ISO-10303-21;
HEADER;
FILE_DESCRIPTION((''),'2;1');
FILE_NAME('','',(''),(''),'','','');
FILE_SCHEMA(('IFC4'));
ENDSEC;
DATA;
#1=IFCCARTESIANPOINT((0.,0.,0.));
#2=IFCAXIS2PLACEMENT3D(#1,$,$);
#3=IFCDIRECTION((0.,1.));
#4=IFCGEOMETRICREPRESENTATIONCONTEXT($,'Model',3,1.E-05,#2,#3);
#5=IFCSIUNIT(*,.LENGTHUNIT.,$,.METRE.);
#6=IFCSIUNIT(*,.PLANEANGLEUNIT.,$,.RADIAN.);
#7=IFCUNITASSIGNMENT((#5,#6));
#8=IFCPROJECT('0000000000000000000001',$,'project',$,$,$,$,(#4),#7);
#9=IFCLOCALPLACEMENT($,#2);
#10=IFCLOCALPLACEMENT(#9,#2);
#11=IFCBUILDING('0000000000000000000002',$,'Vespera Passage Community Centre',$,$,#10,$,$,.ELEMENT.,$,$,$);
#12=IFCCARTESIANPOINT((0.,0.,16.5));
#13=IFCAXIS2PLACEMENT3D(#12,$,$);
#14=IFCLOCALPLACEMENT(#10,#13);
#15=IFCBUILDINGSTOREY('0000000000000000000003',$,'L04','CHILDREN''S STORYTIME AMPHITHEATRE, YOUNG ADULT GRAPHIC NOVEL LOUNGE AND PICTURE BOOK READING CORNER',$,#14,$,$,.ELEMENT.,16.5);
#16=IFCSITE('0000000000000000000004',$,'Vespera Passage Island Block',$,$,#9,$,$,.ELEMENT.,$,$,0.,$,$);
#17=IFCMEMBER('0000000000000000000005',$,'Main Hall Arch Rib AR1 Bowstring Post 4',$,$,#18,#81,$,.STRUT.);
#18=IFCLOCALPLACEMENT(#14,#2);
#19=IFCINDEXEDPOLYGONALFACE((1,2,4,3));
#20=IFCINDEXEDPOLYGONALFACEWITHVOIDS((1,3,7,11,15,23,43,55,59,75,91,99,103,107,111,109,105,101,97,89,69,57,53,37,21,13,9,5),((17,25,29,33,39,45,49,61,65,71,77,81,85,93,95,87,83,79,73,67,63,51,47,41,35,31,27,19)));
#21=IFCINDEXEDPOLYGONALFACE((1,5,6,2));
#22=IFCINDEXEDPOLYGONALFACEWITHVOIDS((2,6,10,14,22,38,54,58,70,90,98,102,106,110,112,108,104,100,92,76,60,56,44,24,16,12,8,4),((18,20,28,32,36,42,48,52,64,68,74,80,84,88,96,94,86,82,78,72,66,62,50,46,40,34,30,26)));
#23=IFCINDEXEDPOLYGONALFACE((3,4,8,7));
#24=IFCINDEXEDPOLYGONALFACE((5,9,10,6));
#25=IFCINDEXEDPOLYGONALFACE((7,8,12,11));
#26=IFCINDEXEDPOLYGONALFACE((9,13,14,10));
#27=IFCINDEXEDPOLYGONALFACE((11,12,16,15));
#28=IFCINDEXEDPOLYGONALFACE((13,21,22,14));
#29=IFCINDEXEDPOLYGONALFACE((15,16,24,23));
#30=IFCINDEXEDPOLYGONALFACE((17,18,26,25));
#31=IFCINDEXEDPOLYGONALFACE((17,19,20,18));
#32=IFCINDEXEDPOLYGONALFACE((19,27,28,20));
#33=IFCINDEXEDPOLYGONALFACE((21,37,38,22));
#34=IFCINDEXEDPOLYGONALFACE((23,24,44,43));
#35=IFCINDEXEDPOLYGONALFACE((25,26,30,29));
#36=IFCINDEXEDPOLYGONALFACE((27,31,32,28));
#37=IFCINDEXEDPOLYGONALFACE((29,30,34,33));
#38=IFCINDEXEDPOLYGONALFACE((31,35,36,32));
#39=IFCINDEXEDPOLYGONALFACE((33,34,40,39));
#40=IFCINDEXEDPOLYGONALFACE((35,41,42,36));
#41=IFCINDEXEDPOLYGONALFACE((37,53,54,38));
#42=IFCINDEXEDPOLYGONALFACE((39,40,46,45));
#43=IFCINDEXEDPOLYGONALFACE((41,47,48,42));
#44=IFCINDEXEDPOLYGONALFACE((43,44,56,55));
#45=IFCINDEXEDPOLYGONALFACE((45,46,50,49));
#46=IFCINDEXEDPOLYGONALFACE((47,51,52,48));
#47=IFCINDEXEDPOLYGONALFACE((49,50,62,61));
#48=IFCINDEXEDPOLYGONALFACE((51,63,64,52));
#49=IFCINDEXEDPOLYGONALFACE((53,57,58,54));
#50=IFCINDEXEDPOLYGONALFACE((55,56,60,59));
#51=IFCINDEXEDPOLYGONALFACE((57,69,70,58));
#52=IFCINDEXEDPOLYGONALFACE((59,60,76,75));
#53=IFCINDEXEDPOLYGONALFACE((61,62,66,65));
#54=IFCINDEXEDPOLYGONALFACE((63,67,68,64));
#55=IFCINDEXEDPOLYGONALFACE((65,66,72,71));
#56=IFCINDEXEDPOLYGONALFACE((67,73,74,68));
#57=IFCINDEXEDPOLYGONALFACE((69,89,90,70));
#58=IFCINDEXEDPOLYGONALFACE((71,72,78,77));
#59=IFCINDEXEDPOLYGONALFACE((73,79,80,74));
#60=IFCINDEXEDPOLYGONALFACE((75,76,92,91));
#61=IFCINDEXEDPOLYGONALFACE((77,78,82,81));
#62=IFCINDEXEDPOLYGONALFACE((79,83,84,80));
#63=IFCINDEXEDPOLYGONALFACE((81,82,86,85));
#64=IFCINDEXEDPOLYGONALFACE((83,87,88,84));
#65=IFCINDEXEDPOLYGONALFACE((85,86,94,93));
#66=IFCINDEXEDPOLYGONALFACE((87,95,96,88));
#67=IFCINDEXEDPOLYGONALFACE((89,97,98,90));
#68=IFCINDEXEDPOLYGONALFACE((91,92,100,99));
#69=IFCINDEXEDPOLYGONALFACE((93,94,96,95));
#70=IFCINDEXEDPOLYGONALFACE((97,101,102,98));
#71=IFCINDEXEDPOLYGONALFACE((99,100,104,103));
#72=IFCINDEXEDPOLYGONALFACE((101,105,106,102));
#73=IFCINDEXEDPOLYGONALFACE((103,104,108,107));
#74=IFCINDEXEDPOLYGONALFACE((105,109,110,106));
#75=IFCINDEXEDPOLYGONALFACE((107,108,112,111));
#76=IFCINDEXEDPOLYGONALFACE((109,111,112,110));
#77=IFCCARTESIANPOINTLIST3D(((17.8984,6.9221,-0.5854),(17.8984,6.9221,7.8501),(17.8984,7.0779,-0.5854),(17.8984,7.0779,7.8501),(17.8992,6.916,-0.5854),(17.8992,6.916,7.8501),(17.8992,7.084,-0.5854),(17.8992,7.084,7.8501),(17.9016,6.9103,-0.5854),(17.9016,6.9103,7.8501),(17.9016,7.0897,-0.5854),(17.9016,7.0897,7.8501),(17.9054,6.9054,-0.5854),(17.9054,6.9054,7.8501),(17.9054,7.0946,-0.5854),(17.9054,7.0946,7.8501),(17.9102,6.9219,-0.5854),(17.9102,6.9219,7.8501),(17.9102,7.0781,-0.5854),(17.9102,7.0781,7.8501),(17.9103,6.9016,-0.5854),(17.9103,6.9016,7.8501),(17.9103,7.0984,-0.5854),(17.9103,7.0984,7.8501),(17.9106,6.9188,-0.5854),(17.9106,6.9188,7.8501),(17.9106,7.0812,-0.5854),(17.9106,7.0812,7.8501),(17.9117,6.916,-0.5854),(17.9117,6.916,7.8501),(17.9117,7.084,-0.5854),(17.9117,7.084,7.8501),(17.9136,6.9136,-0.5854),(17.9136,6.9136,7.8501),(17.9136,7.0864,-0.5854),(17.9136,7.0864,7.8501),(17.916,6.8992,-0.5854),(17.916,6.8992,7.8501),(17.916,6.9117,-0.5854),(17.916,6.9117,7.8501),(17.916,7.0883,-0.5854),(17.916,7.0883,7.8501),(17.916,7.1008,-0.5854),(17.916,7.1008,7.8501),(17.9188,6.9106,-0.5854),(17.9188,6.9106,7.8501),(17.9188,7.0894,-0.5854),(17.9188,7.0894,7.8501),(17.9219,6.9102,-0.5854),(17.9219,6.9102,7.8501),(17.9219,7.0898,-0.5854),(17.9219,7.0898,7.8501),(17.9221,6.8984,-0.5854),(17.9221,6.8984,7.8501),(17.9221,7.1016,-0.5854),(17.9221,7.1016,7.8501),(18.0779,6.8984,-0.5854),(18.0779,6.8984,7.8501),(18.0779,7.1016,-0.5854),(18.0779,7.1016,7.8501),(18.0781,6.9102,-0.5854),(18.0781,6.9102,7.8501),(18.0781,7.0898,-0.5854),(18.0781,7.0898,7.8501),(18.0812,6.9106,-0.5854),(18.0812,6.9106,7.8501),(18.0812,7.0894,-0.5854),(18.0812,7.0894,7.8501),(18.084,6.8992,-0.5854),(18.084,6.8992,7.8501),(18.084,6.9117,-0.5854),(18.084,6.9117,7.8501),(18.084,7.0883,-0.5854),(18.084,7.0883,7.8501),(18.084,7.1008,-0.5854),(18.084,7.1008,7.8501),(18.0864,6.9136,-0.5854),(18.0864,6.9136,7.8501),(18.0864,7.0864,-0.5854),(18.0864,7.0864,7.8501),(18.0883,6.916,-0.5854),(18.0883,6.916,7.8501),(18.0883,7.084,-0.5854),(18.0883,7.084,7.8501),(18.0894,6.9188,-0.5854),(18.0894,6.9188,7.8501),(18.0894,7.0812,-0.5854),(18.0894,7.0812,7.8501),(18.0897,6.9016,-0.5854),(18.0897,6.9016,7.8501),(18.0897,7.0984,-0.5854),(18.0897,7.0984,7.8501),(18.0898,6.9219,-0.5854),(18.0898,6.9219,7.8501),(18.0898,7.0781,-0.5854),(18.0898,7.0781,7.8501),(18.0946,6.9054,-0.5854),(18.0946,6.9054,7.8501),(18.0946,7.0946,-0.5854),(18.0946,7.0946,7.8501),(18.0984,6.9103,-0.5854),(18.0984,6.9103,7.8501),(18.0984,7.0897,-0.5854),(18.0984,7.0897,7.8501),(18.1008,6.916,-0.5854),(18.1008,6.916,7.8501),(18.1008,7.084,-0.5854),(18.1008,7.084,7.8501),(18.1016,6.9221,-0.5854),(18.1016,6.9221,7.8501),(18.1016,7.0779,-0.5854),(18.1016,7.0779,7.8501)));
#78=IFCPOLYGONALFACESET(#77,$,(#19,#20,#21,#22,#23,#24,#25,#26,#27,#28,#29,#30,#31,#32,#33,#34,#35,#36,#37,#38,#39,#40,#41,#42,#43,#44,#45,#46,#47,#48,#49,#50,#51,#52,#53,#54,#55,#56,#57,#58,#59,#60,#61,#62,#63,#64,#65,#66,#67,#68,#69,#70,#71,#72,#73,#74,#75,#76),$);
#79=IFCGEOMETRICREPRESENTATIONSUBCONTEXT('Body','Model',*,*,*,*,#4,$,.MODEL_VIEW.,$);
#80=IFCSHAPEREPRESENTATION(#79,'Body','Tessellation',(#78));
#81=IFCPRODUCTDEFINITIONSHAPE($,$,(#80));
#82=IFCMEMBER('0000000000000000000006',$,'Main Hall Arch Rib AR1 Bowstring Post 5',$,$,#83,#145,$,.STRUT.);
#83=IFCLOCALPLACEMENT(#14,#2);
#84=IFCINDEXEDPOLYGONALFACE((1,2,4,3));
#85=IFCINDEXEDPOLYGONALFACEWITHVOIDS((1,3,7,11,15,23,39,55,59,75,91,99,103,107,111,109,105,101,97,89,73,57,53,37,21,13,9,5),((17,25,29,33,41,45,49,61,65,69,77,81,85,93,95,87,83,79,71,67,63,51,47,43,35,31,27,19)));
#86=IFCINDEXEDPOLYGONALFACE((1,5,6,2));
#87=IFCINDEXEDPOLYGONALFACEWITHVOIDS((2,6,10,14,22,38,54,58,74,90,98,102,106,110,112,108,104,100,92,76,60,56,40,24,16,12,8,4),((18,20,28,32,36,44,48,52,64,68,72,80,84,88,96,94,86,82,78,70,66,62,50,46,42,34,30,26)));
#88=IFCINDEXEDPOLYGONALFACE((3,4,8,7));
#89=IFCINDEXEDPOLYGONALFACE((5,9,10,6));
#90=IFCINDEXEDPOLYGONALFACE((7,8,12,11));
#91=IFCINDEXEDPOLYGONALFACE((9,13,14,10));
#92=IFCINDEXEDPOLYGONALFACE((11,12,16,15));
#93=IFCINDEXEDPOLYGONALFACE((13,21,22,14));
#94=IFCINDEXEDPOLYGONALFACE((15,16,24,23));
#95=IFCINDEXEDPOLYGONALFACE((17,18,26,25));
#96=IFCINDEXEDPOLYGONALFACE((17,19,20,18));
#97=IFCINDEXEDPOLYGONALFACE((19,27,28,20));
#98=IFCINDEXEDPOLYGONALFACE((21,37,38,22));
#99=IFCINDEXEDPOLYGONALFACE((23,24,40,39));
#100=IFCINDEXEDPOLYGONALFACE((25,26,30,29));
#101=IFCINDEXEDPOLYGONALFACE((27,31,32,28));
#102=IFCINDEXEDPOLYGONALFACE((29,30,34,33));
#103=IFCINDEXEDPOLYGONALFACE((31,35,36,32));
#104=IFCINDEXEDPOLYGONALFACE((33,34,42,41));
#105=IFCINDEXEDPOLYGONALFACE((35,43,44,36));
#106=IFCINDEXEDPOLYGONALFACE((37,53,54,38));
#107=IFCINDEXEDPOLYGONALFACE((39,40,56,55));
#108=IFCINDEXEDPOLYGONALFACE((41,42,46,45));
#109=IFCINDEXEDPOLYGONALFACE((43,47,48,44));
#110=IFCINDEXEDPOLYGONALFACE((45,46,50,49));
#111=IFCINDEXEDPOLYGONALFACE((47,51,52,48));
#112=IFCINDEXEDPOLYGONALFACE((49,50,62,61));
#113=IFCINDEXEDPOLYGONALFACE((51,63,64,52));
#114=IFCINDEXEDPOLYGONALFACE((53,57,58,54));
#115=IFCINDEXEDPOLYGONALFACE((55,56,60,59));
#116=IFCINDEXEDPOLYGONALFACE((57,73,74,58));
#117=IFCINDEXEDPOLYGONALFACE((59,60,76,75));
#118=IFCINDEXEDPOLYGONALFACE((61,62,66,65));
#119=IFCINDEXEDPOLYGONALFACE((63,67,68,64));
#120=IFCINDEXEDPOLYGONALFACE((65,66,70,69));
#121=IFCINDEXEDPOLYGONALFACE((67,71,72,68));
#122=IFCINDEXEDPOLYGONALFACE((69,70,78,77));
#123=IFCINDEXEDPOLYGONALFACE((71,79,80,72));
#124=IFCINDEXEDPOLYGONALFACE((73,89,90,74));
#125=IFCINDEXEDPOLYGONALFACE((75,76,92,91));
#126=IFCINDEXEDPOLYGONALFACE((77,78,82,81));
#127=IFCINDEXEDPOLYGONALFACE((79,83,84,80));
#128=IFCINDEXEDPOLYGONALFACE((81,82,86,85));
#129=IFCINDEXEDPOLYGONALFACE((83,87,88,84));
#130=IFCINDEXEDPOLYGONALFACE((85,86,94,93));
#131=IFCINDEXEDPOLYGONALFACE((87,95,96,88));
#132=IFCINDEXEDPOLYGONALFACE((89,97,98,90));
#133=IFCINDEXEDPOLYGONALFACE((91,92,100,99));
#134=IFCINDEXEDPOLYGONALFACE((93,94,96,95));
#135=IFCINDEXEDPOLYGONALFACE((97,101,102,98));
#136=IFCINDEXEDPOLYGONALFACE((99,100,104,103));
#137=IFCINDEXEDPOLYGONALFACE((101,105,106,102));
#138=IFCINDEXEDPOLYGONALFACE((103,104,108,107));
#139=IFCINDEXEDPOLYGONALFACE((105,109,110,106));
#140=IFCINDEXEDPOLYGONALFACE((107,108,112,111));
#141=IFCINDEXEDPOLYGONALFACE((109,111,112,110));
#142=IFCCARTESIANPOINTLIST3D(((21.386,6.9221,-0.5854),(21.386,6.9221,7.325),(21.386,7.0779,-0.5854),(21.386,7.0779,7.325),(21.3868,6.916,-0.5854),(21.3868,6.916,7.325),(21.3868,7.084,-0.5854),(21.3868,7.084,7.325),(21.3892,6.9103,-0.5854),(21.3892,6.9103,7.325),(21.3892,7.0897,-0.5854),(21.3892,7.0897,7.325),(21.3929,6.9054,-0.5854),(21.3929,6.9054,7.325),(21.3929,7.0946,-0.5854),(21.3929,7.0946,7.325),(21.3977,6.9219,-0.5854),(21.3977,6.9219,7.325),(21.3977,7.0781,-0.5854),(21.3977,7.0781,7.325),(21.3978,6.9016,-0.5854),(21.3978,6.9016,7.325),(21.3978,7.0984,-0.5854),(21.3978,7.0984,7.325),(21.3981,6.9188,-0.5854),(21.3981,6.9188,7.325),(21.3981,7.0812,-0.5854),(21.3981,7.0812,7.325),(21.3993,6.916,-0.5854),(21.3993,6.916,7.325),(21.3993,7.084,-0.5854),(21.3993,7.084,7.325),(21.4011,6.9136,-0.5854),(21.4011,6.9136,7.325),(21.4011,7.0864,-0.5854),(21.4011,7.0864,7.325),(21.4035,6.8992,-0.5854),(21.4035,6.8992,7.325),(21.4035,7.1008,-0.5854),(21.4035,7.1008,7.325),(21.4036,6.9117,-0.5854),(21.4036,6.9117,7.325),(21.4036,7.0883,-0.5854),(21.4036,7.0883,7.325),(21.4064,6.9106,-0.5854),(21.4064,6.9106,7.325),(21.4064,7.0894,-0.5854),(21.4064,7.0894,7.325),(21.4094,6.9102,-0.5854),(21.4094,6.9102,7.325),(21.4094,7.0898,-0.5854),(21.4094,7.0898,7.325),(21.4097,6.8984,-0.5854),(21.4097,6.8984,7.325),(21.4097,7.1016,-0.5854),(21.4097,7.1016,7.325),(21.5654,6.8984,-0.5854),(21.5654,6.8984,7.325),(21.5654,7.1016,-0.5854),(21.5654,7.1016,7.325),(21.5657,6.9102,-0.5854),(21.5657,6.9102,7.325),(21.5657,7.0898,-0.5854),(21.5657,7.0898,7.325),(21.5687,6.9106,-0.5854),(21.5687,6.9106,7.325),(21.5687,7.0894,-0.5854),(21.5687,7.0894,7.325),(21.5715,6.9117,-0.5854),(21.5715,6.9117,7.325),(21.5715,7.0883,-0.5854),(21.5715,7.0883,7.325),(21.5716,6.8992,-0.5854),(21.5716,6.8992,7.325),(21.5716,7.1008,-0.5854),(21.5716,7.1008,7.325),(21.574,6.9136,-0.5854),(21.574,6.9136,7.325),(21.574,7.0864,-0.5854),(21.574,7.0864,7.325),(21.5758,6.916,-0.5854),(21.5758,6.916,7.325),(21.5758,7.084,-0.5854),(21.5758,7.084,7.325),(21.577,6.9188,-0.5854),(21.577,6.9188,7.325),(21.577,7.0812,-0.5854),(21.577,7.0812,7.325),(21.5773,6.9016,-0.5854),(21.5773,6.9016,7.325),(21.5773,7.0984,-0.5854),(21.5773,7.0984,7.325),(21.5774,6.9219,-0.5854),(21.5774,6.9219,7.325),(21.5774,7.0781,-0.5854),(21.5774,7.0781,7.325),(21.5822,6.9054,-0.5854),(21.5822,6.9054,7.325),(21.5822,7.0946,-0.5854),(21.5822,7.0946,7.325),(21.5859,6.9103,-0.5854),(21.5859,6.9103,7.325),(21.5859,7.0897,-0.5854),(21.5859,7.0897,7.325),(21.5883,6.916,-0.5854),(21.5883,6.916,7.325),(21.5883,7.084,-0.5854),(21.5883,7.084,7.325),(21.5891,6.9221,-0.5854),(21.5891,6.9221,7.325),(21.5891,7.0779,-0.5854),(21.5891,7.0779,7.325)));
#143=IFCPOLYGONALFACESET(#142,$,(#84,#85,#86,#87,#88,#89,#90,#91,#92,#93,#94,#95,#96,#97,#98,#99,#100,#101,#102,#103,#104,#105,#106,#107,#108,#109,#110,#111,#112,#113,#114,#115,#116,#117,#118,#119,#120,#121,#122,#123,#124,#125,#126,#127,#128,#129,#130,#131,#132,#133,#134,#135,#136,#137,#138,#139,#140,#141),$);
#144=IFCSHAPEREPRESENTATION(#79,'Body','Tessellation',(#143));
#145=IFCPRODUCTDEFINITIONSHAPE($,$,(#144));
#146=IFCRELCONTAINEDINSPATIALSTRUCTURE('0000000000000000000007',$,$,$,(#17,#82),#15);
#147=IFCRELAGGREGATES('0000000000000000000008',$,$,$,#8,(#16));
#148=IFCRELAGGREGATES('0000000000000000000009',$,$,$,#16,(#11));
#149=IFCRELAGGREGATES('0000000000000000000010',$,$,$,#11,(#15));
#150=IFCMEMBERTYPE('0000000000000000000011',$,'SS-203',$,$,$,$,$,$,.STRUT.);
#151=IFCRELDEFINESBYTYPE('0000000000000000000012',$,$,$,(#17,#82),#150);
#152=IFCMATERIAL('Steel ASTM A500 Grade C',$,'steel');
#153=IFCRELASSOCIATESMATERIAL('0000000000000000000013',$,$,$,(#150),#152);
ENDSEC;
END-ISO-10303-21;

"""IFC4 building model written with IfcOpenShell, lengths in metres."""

from ifc_helpers import new_model, si_unit, direction, frame, origin, origin_2d, place, context, subcontext, project, spatial, hollow_rectangle, extrude, material, material_profile, profile_set, type_object, element, save


model = new_model("IFC4")

# Units and contexts
model_context = context("Model", 3, precision=1e-05, world=origin(), true_north=direction((0.0, 1.0)))
body_context = subcontext(model_context, "Body", "Model", "MODEL_VIEW")
ifc_project = project(units=[si_unit("LENGTHUNIT", "METRE"), si_unit("PLANEANGLEUNIT", "RADIAN")], contexts=[model_context])

# Site, building, storey
site_placement = place(None, origin())
site = spatial("IfcSite", under=ifc_project, at=site_placement, Name="Vespera Passage Island Block", CompositionType="ELEMENT", RefElevation=0.0)
building_placement = place(site_placement, origin())
building = spatial("IfcBuilding", under=site, at=building_placement, Name="Vespera Passage Community Centre", CompositionType="ELEMENT")
storey_placement = place(building_placement, frame((0.0, 0.0, 16.5)))
storey = spatial("IfcBuildingStorey", under=building, at=storey_placement, Name="L04", Description="CHILDREN'S STORYTIME AMPHITHEATRE, YOUNG ADULT GRAPHIC NOVEL LOUNGE AND PICTURE BOOK READING CORNER", CompositionType="ELEMENT", Elevation=16.5)

# Members
ifc_material_1 = material(Name="Steel ASTM A500 Grade C", Category="steel")
ifc_material_profile_1 = material_profile(ifc_material_1, hollow_rectangle(XDim=0.2031, YDim=0.2031, WallThickness=0.0117, InnerFilletRadius=0.0117, OuterFilletRadius=0.0237, at=origin_2d()), Name="HSS203X203X12.7")
ifc_profile_set_1 = profile_set([ifc_material_profile_1], Name="Steel ASTM A500 Grade C")
member_type_1 = type_object("IfcMemberType", Name="SS-203", PredefinedType="STRUT", material=ifc_profile_set_1)
member_1_placement = place(storey_placement, frame((18.0, 7.0, -0.5854), z_axis=(0.0, 0.0, 1.0), x_axis=(1.0, 0.0, 0.0)))
element("IfcMember", 1, at=member_1_placement, inside=storey, type_object=member_type_1, Name="Main Hall Arch Rib AR1 Bowstring Post 4", PredefinedType="STRUT", context=body_context, shape_type="SweptSolid", body=[
    extrude(hollow_rectangle(XDim=0.2031, YDim=0.2031, WallThickness=0.0117, InnerFilletRadius=0.0117, OuterFilletRadius=0.0237, at=origin_2d()), origin(), (0.0, 0.0, 1.0), 8.4355),
])
member_2_placement = place(storey_placement, frame((21.4875, 7.0, -0.5854), z_axis=(0.0, 0.0, 1.0), x_axis=(1.0, 0.0, 0.0)))
element("IfcMember", 2, at=member_2_placement, inside=storey, type_object=member_type_1, Name="Main Hall Arch Rib AR1 Bowstring Post 5", PredefinedType="STRUT", context=body_context, shape_type="SweptSolid", body=[
    extrude(hollow_rectangle(XDim=0.2031, YDim=0.2031, WallThickness=0.0117, InnerFilletRadius=0.0117, OuterFilletRadius=0.0237, at=origin_2d()), origin(), (0.0, 0.0, 1.0), 7.9104),
])

save(model, "model.ifc")
